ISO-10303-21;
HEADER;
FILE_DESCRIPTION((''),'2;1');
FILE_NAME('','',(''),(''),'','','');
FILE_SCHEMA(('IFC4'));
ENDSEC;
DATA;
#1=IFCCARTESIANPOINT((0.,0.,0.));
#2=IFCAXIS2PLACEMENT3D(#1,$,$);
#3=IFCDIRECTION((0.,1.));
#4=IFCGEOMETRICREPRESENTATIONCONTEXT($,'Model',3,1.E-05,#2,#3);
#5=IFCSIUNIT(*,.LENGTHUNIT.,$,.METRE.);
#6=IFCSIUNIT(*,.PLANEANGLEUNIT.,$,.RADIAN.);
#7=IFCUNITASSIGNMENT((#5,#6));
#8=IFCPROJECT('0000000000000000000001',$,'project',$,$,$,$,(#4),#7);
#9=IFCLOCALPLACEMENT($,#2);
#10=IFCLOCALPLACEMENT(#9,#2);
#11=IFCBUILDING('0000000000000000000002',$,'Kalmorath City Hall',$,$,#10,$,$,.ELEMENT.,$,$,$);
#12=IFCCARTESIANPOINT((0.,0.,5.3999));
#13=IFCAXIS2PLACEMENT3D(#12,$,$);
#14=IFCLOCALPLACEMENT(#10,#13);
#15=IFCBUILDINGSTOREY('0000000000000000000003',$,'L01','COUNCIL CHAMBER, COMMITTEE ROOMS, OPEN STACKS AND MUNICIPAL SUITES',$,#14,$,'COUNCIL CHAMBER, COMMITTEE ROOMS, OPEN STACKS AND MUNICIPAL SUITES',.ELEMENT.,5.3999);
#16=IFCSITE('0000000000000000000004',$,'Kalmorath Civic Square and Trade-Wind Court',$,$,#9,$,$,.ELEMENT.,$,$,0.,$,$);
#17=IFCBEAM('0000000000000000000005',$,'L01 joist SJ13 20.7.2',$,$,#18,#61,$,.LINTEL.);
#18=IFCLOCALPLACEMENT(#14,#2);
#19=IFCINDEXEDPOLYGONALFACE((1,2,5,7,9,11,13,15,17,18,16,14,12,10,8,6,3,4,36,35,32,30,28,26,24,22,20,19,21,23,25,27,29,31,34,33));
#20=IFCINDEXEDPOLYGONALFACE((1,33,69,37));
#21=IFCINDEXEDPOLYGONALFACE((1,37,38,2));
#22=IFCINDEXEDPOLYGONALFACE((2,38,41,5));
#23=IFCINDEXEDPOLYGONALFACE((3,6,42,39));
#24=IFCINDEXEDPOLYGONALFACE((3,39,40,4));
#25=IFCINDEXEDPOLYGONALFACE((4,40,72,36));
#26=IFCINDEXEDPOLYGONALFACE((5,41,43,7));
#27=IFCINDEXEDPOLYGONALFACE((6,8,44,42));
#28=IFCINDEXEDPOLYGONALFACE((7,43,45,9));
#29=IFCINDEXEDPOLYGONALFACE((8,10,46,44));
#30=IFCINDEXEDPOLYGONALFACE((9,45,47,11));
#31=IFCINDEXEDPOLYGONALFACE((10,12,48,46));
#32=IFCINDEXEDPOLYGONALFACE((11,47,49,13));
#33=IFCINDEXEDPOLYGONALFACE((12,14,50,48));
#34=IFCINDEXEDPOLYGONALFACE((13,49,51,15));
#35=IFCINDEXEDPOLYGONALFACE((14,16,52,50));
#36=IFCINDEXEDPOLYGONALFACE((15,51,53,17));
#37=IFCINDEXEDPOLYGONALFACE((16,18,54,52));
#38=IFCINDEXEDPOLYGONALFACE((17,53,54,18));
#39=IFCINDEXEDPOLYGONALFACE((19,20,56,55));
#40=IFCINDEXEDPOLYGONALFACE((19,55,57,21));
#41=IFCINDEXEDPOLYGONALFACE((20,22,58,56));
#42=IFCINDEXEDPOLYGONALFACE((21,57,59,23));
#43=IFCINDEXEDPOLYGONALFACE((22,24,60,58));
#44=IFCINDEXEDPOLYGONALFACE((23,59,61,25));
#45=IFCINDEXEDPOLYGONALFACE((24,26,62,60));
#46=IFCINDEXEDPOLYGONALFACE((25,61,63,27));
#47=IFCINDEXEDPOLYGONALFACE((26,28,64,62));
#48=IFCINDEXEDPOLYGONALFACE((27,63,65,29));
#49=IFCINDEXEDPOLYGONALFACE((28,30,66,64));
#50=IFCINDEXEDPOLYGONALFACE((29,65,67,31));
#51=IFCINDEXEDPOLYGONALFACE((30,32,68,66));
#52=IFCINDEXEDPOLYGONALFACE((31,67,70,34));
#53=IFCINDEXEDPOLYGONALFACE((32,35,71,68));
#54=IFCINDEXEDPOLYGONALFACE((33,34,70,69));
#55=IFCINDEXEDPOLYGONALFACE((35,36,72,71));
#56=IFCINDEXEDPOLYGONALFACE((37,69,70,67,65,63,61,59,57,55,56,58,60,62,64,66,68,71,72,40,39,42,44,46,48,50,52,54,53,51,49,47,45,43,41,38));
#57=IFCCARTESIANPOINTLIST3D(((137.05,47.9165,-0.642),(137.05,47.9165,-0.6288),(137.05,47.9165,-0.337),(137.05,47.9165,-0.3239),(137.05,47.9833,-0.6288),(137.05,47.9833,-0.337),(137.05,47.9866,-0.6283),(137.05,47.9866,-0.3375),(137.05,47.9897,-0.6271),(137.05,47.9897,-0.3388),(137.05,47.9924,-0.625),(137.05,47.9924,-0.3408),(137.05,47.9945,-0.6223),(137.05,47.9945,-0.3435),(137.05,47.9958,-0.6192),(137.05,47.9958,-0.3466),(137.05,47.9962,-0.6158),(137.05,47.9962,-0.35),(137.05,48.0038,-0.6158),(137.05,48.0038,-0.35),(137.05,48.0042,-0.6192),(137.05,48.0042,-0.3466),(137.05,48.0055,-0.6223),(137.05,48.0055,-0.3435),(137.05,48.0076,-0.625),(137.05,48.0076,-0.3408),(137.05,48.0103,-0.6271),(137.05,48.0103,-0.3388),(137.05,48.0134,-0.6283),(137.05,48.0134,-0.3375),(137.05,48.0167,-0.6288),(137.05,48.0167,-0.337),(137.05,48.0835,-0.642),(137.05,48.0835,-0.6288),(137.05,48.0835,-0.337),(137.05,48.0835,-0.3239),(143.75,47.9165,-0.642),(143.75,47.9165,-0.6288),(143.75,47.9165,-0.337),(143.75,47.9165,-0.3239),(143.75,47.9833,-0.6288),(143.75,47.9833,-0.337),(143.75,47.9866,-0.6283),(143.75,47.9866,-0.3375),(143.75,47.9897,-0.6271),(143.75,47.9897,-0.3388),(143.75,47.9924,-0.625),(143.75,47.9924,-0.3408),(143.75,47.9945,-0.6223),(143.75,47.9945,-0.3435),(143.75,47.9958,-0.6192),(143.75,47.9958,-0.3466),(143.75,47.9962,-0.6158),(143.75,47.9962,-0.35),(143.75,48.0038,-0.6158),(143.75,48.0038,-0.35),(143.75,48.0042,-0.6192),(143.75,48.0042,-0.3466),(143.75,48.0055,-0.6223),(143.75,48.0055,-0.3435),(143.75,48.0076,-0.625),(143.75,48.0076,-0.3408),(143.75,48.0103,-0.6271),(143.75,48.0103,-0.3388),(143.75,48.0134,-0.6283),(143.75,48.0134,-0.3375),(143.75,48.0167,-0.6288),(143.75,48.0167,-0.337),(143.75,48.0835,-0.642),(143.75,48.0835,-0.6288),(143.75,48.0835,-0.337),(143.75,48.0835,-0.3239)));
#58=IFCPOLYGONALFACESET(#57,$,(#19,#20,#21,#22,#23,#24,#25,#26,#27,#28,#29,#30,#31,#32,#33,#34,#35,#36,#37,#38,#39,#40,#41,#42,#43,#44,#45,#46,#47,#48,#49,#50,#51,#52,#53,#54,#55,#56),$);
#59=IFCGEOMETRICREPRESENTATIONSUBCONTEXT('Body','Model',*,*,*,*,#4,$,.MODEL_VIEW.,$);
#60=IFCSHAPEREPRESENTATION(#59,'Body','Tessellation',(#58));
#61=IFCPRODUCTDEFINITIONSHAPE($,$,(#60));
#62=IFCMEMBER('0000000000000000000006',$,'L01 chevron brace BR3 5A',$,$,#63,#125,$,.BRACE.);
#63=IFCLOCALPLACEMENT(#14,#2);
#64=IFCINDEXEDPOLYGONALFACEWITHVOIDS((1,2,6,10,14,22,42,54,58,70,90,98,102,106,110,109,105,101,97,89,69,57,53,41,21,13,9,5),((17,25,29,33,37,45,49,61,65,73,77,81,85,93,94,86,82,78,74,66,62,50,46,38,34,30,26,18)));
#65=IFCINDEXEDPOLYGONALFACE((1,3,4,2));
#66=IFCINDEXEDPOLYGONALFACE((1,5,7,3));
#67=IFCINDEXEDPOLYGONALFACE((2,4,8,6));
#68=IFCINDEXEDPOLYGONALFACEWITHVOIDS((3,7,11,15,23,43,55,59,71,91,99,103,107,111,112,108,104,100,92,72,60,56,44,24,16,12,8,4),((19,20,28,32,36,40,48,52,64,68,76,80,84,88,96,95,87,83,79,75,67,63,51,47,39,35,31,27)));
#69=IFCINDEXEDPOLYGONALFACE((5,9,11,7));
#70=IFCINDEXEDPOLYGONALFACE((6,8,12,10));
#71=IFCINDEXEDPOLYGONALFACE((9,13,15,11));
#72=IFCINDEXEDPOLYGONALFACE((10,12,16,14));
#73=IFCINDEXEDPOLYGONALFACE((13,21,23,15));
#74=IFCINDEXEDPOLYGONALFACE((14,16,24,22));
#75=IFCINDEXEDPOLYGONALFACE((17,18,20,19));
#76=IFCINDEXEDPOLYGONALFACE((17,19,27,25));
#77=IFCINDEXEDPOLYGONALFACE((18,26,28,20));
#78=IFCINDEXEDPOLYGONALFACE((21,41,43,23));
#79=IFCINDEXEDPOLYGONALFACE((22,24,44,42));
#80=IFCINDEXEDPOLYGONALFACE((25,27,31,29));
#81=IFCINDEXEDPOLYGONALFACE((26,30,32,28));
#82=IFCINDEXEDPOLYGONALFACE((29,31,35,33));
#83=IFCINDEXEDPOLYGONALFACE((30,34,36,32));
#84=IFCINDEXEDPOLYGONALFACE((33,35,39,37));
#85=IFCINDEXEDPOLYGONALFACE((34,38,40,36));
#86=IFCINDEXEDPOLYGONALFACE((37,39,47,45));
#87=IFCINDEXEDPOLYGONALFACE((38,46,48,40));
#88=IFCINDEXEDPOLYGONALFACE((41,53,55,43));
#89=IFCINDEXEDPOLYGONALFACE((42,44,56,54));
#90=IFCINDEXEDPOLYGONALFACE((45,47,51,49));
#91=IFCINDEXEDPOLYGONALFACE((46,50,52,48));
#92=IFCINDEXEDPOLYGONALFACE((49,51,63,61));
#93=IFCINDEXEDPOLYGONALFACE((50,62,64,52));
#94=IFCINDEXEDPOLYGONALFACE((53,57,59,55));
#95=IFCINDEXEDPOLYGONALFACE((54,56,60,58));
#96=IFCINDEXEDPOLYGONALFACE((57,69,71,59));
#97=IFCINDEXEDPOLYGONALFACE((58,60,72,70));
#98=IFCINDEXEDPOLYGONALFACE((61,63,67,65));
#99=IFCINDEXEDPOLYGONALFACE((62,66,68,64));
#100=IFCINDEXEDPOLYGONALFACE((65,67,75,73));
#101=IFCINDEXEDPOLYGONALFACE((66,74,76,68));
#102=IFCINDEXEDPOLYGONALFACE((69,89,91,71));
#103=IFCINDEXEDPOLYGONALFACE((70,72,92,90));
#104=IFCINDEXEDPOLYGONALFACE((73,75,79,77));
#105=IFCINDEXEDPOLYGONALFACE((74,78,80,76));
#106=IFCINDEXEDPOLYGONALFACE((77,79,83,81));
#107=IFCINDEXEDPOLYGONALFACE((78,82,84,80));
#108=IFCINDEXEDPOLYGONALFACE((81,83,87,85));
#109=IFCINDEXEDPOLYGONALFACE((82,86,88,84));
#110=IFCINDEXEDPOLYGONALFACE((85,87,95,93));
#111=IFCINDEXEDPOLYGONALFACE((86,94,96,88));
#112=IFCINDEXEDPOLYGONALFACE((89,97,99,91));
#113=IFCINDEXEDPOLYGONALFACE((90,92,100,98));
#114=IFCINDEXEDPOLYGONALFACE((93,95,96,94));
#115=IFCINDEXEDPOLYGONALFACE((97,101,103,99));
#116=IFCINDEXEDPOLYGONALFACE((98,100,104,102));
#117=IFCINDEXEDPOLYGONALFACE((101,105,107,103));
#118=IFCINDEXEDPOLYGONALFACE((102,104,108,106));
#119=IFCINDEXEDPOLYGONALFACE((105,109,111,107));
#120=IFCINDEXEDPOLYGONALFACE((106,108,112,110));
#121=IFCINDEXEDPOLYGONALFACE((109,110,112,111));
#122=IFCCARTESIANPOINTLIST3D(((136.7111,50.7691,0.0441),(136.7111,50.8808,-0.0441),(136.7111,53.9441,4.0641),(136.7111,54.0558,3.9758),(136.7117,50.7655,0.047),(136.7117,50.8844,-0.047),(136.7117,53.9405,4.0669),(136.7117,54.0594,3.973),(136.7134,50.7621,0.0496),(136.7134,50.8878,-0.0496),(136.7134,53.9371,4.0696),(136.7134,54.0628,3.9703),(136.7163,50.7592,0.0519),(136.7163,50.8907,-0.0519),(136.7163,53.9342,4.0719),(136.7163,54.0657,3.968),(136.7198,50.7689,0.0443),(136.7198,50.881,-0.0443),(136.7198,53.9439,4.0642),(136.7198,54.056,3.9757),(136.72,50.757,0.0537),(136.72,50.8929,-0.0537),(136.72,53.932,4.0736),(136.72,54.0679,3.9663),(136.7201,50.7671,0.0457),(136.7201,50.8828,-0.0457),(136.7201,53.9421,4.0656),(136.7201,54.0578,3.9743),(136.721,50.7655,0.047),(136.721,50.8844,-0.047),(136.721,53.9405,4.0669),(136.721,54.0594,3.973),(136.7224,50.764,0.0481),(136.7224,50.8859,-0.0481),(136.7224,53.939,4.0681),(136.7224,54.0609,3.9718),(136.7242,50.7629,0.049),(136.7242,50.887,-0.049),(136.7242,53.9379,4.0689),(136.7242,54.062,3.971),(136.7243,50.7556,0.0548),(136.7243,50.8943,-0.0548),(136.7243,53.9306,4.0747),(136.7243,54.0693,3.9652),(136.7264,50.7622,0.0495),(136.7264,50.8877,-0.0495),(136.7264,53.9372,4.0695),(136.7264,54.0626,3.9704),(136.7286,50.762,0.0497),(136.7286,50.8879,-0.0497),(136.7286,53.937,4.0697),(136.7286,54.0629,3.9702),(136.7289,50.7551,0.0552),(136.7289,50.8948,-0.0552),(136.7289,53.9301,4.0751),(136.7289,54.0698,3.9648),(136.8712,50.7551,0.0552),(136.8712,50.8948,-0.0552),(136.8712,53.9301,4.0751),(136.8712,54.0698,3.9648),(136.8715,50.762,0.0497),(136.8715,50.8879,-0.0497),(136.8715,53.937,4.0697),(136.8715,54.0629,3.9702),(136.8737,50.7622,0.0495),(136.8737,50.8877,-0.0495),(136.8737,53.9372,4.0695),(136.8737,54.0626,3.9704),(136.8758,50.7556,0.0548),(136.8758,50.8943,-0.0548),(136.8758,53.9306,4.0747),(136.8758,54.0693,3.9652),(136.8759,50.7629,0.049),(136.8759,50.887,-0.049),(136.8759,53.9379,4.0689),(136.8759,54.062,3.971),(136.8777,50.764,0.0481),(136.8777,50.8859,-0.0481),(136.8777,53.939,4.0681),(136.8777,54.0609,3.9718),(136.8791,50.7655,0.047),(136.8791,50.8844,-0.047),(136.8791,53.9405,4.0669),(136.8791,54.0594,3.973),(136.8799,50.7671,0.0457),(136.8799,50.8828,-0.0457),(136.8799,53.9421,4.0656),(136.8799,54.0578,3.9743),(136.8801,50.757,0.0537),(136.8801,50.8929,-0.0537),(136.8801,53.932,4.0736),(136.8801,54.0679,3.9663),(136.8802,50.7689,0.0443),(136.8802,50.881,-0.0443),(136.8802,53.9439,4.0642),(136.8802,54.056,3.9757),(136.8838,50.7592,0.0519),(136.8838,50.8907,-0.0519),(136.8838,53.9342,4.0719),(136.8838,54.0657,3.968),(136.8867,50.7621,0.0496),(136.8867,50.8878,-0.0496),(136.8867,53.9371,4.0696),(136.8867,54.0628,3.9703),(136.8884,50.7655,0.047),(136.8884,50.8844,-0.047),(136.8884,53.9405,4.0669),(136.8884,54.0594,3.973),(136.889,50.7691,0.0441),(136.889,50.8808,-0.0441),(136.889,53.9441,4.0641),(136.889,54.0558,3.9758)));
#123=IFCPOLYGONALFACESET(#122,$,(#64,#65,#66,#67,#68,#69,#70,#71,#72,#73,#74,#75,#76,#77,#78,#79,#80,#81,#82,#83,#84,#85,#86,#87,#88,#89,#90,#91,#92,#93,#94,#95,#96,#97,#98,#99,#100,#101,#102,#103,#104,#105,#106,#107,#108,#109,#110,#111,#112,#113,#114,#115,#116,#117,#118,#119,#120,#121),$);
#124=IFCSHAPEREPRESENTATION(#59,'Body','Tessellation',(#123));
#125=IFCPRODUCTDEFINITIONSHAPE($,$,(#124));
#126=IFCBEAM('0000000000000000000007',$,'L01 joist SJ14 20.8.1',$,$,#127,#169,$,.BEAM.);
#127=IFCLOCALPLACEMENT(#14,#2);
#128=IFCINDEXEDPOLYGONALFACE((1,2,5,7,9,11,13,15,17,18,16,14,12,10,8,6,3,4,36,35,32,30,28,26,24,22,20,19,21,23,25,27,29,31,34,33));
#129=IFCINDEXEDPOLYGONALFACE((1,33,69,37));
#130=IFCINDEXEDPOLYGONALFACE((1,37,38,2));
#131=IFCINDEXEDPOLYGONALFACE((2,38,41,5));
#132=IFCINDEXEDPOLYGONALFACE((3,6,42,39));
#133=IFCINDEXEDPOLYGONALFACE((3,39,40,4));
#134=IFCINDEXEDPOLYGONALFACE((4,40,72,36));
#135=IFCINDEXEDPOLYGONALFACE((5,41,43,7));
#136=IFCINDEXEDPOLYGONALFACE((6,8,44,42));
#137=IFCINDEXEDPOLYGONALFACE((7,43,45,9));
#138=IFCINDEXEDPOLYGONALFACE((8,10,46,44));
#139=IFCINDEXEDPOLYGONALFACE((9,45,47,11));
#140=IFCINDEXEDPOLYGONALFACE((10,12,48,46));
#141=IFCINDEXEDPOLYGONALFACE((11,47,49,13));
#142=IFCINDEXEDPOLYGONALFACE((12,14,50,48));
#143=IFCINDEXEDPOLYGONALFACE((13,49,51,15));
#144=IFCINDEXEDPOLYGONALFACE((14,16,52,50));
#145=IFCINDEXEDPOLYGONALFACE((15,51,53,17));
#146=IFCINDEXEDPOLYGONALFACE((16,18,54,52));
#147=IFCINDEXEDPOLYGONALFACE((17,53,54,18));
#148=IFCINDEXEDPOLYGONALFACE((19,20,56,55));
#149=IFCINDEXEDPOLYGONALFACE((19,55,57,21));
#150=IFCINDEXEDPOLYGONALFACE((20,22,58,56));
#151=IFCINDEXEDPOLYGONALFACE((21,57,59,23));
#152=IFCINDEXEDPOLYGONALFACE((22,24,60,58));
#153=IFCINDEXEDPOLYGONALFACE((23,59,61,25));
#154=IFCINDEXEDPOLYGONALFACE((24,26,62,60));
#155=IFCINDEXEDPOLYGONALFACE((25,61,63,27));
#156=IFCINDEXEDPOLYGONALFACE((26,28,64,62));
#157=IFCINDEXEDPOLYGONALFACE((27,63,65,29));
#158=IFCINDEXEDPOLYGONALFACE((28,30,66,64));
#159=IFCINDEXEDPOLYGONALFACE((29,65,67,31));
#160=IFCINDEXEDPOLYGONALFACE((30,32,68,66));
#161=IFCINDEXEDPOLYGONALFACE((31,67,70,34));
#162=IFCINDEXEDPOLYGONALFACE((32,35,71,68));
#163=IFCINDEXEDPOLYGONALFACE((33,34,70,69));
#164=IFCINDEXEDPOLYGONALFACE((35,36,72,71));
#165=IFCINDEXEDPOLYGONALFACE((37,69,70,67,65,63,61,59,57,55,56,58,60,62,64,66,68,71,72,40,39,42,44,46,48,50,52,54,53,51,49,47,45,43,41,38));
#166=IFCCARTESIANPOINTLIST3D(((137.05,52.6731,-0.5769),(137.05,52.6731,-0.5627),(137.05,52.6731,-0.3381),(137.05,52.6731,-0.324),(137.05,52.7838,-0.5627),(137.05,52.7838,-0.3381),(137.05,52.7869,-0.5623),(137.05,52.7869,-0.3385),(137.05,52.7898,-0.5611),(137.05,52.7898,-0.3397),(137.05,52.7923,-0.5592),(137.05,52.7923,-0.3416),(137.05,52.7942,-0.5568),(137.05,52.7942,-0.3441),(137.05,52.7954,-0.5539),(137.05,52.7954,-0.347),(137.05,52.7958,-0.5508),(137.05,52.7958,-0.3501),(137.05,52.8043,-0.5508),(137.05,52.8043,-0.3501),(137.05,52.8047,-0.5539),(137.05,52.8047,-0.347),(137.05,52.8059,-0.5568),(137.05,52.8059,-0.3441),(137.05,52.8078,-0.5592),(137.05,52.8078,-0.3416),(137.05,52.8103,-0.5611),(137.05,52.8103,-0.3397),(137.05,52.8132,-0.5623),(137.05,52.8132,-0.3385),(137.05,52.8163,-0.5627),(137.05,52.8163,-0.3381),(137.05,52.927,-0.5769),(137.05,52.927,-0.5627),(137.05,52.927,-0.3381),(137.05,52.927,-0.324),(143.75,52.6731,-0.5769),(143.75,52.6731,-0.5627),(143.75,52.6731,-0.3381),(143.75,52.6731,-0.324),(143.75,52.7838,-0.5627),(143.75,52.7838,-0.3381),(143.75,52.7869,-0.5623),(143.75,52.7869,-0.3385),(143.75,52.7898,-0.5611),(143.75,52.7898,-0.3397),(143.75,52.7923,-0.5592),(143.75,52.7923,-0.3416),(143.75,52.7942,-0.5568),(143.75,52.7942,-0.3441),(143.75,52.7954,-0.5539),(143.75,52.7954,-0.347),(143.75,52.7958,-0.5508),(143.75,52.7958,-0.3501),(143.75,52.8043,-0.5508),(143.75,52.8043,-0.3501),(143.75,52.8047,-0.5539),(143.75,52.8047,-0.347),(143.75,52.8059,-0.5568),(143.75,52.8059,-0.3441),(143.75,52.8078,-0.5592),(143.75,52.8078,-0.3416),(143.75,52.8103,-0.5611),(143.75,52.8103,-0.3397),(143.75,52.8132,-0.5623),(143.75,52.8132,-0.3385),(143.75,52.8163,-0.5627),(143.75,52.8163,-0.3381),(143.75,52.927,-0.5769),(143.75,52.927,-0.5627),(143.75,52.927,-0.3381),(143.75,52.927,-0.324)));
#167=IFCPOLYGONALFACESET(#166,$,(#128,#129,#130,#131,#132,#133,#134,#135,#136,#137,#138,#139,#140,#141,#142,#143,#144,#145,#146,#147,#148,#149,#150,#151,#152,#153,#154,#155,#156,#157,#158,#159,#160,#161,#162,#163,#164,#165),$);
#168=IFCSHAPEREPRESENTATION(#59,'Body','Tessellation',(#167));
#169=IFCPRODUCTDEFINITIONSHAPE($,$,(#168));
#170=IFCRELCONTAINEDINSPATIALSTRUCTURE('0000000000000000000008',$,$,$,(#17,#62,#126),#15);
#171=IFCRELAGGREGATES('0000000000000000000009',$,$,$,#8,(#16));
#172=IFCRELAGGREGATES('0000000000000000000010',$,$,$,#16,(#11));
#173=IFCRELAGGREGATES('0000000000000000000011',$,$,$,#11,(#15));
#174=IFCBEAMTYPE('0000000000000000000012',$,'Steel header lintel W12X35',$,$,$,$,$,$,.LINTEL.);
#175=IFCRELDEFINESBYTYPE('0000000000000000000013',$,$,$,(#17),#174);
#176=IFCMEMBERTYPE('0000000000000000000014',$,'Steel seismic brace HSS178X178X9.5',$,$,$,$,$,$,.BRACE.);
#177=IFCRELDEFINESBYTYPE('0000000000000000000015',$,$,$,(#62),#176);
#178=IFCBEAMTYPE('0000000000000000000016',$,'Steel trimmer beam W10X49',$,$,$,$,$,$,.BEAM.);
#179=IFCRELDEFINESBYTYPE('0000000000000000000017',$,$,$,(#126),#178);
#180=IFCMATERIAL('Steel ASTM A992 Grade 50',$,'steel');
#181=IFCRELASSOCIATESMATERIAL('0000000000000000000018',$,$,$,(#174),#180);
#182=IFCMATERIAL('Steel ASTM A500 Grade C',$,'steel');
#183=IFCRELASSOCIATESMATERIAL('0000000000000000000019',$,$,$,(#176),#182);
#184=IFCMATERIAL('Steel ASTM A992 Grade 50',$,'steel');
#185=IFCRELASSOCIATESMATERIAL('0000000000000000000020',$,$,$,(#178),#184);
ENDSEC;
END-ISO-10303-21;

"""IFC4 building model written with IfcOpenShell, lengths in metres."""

from ifc_helpers import new_model, si_unit, direction, frame, origin, origin_2d, place, context, subcontext, project, spatial, hollow_rectangle, i_section, extrude, material, material_profile, profile_set, type_object, element, save


model = new_model("IFC4")

# Units and contexts
model_context = context("Model", 3, precision=1e-05, world=origin(), true_north=direction((0.0, 1.0)))
body_context = subcontext(model_context, "Body", "Model", "MODEL_VIEW")
ifc_project = project(units=[si_unit("LENGTHUNIT", "METRE"), si_unit("PLANEANGLEUNIT", "RADIAN")], contexts=[model_context])

# Site, building, storey
site_placement = place(None, origin())
site = spatial("IfcSite", under=ifc_project, at=site_placement, Name="Kalmorath Civic Square and Trade-Wind Court", CompositionType="ELEMENT", RefElevation=0.0)
building_placement = place(site_placement, origin())
building = spatial("IfcBuilding", under=site, at=building_placement, Name="Kalmorath City Hall", CompositionType="ELEMENT")
storey_placement = place(building_placement, frame((0.0, 0.0, 5.3999)))
storey = spatial("IfcBuildingStorey", under=building, at=storey_placement, Name="L01", Description="COUNCIL CHAMBER, COMMITTEE ROOMS, OPEN STACKS AND MUNICIPAL SUITES", LongName="COUNCIL CHAMBER, COMMITTEE ROOMS, OPEN STACKS AND MUNICIPAL SUITES", CompositionType="ELEMENT", Elevation=5.3999)

# Beam
ifc_material_1 = material(Name="Steel ASTM A992 Grade 50", Category="steel")
ifc_material_profile_1 = material_profile(ifc_material_1, i_section(OverallWidth=0.167, OverallDepth=0.3181, WebThickness=0.0076, FlangeThickness=0.0132, FilletRadius=0.0129, at=origin_2d()), Name="W12X35")
ifc_profile_set_1 = profile_set([ifc_material_profile_1], Name="Steel ASTM A992 Grade 50")
beam_type_1 = type_object("IfcBeamType", Name="Steel header lintel W12X35", PredefinedType="LINTEL", material=ifc_profile_set_1)
for number, where, z_axis, x_axis, name in (
    (1, (137.05, 48.0, -0.4829), (1.0, 0.0, 0.0), (0.0, 1.0, 0.0), "L01 joist SJ13 20.7.2"),
):
    element("IfcBeam", number, at=place(storey_placement, frame(where, z_axis=z_axis, x_axis=x_axis)), inside=storey, type_object=beam_type_1, Name=name, PredefinedType="LINTEL", context=body_context, shape_type="SweptSolid", body=[
        extrude(i_section(OverallWidth=0.167, OverallDepth=0.3181, WebThickness=0.0076, FlangeThickness=0.0132, FilletRadius=0.0129, at=origin_2d()), origin(), (0.0, 0.0, 1.0), 6.7),
    ])

# Member
ifc_material_2 = material(Name="Steel ASTM A500 Grade C", Category="steel")
ifc_material_profile_2 = material_profile(ifc_material_2, hollow_rectangle(XDim=0.178, YDim=0.178, WallThickness=0.0088, InnerFilletRadius=0.0088, OuterFilletRadius=0.0178, at=origin_2d()), Name="HSS178X178X9.5")
ifc_profile_set_2 = profile_set([ifc_material_profile_2], Name="Steel ASTM A500 Grade C")
member_type = type_object("IfcMemberType", Name="Steel seismic brace HSS178X178X9.5", PredefinedType="BRACE", material=ifc_profile_set_2)
member_placement = place(storey_placement, frame((136.8, 50.825, 0.0), z_axis=(0.0, 0.619807, 0.784755), x_axis=(-1.0, 0.0, 0.0)))
element("IfcMember", 2, at=member_placement, inside=storey, type_object=member_type, Name="L01 chevron brace BR3 5A", PredefinedType="BRACE", context=body_context, shape_type="SweptSolid", body=[
    extrude(hollow_rectangle(XDim=0.178, YDim=0.178, WallThickness=0.0088, InnerFilletRadius=0.0088, OuterFilletRadius=0.0178, at=origin_2d()), origin(), (0.0, 0.0, 1.0), 5.1226),
])

# Beam
ifc_material_3 = material(Name="Steel ASTM A992 Grade 50", Category="steel")
ifc_material_profile_3 = material_profile(ifc_material_3, i_section(OverallWidth=0.2539, OverallDepth=0.2529, WebThickness=0.0085, FlangeThickness=0.0142, FilletRadius=0.012, at=origin_2d()), Name="W10X49")
ifc_profile_set_3 = profile_set([ifc_material_profile_3], Name="Steel ASTM A992 Grade 50")
beam_type_2 = type_object("IfcBeamType", Name="Steel trimmer beam W10X49", PredefinedType="BEAM", material=ifc_profile_set_3)
for number, where, z_axis, x_axis, name in (
    (3, (137.05, 52.8, -0.4504), (1.0, 0.0, 0.0), (0.0, 1.0, 0.0), "L01 joist SJ14 20.8.1"),
):
    element("IfcBeam", number, at=place(storey_placement, frame(where, z_axis=z_axis, x_axis=x_axis)), inside=storey, type_object=beam_type_2, Name=name, PredefinedType="BEAM", context=body_context, shape_type="SweptSolid", body=[
        extrude(i_section(OverallWidth=0.2539, OverallDepth=0.2529, WebThickness=0.0085, FlangeThickness=0.0142, FilletRadius=0.012, at=origin_2d()), origin(), (0.0, 0.0, 1.0), 6.7),
    ])

save(model, "model.ifc")
